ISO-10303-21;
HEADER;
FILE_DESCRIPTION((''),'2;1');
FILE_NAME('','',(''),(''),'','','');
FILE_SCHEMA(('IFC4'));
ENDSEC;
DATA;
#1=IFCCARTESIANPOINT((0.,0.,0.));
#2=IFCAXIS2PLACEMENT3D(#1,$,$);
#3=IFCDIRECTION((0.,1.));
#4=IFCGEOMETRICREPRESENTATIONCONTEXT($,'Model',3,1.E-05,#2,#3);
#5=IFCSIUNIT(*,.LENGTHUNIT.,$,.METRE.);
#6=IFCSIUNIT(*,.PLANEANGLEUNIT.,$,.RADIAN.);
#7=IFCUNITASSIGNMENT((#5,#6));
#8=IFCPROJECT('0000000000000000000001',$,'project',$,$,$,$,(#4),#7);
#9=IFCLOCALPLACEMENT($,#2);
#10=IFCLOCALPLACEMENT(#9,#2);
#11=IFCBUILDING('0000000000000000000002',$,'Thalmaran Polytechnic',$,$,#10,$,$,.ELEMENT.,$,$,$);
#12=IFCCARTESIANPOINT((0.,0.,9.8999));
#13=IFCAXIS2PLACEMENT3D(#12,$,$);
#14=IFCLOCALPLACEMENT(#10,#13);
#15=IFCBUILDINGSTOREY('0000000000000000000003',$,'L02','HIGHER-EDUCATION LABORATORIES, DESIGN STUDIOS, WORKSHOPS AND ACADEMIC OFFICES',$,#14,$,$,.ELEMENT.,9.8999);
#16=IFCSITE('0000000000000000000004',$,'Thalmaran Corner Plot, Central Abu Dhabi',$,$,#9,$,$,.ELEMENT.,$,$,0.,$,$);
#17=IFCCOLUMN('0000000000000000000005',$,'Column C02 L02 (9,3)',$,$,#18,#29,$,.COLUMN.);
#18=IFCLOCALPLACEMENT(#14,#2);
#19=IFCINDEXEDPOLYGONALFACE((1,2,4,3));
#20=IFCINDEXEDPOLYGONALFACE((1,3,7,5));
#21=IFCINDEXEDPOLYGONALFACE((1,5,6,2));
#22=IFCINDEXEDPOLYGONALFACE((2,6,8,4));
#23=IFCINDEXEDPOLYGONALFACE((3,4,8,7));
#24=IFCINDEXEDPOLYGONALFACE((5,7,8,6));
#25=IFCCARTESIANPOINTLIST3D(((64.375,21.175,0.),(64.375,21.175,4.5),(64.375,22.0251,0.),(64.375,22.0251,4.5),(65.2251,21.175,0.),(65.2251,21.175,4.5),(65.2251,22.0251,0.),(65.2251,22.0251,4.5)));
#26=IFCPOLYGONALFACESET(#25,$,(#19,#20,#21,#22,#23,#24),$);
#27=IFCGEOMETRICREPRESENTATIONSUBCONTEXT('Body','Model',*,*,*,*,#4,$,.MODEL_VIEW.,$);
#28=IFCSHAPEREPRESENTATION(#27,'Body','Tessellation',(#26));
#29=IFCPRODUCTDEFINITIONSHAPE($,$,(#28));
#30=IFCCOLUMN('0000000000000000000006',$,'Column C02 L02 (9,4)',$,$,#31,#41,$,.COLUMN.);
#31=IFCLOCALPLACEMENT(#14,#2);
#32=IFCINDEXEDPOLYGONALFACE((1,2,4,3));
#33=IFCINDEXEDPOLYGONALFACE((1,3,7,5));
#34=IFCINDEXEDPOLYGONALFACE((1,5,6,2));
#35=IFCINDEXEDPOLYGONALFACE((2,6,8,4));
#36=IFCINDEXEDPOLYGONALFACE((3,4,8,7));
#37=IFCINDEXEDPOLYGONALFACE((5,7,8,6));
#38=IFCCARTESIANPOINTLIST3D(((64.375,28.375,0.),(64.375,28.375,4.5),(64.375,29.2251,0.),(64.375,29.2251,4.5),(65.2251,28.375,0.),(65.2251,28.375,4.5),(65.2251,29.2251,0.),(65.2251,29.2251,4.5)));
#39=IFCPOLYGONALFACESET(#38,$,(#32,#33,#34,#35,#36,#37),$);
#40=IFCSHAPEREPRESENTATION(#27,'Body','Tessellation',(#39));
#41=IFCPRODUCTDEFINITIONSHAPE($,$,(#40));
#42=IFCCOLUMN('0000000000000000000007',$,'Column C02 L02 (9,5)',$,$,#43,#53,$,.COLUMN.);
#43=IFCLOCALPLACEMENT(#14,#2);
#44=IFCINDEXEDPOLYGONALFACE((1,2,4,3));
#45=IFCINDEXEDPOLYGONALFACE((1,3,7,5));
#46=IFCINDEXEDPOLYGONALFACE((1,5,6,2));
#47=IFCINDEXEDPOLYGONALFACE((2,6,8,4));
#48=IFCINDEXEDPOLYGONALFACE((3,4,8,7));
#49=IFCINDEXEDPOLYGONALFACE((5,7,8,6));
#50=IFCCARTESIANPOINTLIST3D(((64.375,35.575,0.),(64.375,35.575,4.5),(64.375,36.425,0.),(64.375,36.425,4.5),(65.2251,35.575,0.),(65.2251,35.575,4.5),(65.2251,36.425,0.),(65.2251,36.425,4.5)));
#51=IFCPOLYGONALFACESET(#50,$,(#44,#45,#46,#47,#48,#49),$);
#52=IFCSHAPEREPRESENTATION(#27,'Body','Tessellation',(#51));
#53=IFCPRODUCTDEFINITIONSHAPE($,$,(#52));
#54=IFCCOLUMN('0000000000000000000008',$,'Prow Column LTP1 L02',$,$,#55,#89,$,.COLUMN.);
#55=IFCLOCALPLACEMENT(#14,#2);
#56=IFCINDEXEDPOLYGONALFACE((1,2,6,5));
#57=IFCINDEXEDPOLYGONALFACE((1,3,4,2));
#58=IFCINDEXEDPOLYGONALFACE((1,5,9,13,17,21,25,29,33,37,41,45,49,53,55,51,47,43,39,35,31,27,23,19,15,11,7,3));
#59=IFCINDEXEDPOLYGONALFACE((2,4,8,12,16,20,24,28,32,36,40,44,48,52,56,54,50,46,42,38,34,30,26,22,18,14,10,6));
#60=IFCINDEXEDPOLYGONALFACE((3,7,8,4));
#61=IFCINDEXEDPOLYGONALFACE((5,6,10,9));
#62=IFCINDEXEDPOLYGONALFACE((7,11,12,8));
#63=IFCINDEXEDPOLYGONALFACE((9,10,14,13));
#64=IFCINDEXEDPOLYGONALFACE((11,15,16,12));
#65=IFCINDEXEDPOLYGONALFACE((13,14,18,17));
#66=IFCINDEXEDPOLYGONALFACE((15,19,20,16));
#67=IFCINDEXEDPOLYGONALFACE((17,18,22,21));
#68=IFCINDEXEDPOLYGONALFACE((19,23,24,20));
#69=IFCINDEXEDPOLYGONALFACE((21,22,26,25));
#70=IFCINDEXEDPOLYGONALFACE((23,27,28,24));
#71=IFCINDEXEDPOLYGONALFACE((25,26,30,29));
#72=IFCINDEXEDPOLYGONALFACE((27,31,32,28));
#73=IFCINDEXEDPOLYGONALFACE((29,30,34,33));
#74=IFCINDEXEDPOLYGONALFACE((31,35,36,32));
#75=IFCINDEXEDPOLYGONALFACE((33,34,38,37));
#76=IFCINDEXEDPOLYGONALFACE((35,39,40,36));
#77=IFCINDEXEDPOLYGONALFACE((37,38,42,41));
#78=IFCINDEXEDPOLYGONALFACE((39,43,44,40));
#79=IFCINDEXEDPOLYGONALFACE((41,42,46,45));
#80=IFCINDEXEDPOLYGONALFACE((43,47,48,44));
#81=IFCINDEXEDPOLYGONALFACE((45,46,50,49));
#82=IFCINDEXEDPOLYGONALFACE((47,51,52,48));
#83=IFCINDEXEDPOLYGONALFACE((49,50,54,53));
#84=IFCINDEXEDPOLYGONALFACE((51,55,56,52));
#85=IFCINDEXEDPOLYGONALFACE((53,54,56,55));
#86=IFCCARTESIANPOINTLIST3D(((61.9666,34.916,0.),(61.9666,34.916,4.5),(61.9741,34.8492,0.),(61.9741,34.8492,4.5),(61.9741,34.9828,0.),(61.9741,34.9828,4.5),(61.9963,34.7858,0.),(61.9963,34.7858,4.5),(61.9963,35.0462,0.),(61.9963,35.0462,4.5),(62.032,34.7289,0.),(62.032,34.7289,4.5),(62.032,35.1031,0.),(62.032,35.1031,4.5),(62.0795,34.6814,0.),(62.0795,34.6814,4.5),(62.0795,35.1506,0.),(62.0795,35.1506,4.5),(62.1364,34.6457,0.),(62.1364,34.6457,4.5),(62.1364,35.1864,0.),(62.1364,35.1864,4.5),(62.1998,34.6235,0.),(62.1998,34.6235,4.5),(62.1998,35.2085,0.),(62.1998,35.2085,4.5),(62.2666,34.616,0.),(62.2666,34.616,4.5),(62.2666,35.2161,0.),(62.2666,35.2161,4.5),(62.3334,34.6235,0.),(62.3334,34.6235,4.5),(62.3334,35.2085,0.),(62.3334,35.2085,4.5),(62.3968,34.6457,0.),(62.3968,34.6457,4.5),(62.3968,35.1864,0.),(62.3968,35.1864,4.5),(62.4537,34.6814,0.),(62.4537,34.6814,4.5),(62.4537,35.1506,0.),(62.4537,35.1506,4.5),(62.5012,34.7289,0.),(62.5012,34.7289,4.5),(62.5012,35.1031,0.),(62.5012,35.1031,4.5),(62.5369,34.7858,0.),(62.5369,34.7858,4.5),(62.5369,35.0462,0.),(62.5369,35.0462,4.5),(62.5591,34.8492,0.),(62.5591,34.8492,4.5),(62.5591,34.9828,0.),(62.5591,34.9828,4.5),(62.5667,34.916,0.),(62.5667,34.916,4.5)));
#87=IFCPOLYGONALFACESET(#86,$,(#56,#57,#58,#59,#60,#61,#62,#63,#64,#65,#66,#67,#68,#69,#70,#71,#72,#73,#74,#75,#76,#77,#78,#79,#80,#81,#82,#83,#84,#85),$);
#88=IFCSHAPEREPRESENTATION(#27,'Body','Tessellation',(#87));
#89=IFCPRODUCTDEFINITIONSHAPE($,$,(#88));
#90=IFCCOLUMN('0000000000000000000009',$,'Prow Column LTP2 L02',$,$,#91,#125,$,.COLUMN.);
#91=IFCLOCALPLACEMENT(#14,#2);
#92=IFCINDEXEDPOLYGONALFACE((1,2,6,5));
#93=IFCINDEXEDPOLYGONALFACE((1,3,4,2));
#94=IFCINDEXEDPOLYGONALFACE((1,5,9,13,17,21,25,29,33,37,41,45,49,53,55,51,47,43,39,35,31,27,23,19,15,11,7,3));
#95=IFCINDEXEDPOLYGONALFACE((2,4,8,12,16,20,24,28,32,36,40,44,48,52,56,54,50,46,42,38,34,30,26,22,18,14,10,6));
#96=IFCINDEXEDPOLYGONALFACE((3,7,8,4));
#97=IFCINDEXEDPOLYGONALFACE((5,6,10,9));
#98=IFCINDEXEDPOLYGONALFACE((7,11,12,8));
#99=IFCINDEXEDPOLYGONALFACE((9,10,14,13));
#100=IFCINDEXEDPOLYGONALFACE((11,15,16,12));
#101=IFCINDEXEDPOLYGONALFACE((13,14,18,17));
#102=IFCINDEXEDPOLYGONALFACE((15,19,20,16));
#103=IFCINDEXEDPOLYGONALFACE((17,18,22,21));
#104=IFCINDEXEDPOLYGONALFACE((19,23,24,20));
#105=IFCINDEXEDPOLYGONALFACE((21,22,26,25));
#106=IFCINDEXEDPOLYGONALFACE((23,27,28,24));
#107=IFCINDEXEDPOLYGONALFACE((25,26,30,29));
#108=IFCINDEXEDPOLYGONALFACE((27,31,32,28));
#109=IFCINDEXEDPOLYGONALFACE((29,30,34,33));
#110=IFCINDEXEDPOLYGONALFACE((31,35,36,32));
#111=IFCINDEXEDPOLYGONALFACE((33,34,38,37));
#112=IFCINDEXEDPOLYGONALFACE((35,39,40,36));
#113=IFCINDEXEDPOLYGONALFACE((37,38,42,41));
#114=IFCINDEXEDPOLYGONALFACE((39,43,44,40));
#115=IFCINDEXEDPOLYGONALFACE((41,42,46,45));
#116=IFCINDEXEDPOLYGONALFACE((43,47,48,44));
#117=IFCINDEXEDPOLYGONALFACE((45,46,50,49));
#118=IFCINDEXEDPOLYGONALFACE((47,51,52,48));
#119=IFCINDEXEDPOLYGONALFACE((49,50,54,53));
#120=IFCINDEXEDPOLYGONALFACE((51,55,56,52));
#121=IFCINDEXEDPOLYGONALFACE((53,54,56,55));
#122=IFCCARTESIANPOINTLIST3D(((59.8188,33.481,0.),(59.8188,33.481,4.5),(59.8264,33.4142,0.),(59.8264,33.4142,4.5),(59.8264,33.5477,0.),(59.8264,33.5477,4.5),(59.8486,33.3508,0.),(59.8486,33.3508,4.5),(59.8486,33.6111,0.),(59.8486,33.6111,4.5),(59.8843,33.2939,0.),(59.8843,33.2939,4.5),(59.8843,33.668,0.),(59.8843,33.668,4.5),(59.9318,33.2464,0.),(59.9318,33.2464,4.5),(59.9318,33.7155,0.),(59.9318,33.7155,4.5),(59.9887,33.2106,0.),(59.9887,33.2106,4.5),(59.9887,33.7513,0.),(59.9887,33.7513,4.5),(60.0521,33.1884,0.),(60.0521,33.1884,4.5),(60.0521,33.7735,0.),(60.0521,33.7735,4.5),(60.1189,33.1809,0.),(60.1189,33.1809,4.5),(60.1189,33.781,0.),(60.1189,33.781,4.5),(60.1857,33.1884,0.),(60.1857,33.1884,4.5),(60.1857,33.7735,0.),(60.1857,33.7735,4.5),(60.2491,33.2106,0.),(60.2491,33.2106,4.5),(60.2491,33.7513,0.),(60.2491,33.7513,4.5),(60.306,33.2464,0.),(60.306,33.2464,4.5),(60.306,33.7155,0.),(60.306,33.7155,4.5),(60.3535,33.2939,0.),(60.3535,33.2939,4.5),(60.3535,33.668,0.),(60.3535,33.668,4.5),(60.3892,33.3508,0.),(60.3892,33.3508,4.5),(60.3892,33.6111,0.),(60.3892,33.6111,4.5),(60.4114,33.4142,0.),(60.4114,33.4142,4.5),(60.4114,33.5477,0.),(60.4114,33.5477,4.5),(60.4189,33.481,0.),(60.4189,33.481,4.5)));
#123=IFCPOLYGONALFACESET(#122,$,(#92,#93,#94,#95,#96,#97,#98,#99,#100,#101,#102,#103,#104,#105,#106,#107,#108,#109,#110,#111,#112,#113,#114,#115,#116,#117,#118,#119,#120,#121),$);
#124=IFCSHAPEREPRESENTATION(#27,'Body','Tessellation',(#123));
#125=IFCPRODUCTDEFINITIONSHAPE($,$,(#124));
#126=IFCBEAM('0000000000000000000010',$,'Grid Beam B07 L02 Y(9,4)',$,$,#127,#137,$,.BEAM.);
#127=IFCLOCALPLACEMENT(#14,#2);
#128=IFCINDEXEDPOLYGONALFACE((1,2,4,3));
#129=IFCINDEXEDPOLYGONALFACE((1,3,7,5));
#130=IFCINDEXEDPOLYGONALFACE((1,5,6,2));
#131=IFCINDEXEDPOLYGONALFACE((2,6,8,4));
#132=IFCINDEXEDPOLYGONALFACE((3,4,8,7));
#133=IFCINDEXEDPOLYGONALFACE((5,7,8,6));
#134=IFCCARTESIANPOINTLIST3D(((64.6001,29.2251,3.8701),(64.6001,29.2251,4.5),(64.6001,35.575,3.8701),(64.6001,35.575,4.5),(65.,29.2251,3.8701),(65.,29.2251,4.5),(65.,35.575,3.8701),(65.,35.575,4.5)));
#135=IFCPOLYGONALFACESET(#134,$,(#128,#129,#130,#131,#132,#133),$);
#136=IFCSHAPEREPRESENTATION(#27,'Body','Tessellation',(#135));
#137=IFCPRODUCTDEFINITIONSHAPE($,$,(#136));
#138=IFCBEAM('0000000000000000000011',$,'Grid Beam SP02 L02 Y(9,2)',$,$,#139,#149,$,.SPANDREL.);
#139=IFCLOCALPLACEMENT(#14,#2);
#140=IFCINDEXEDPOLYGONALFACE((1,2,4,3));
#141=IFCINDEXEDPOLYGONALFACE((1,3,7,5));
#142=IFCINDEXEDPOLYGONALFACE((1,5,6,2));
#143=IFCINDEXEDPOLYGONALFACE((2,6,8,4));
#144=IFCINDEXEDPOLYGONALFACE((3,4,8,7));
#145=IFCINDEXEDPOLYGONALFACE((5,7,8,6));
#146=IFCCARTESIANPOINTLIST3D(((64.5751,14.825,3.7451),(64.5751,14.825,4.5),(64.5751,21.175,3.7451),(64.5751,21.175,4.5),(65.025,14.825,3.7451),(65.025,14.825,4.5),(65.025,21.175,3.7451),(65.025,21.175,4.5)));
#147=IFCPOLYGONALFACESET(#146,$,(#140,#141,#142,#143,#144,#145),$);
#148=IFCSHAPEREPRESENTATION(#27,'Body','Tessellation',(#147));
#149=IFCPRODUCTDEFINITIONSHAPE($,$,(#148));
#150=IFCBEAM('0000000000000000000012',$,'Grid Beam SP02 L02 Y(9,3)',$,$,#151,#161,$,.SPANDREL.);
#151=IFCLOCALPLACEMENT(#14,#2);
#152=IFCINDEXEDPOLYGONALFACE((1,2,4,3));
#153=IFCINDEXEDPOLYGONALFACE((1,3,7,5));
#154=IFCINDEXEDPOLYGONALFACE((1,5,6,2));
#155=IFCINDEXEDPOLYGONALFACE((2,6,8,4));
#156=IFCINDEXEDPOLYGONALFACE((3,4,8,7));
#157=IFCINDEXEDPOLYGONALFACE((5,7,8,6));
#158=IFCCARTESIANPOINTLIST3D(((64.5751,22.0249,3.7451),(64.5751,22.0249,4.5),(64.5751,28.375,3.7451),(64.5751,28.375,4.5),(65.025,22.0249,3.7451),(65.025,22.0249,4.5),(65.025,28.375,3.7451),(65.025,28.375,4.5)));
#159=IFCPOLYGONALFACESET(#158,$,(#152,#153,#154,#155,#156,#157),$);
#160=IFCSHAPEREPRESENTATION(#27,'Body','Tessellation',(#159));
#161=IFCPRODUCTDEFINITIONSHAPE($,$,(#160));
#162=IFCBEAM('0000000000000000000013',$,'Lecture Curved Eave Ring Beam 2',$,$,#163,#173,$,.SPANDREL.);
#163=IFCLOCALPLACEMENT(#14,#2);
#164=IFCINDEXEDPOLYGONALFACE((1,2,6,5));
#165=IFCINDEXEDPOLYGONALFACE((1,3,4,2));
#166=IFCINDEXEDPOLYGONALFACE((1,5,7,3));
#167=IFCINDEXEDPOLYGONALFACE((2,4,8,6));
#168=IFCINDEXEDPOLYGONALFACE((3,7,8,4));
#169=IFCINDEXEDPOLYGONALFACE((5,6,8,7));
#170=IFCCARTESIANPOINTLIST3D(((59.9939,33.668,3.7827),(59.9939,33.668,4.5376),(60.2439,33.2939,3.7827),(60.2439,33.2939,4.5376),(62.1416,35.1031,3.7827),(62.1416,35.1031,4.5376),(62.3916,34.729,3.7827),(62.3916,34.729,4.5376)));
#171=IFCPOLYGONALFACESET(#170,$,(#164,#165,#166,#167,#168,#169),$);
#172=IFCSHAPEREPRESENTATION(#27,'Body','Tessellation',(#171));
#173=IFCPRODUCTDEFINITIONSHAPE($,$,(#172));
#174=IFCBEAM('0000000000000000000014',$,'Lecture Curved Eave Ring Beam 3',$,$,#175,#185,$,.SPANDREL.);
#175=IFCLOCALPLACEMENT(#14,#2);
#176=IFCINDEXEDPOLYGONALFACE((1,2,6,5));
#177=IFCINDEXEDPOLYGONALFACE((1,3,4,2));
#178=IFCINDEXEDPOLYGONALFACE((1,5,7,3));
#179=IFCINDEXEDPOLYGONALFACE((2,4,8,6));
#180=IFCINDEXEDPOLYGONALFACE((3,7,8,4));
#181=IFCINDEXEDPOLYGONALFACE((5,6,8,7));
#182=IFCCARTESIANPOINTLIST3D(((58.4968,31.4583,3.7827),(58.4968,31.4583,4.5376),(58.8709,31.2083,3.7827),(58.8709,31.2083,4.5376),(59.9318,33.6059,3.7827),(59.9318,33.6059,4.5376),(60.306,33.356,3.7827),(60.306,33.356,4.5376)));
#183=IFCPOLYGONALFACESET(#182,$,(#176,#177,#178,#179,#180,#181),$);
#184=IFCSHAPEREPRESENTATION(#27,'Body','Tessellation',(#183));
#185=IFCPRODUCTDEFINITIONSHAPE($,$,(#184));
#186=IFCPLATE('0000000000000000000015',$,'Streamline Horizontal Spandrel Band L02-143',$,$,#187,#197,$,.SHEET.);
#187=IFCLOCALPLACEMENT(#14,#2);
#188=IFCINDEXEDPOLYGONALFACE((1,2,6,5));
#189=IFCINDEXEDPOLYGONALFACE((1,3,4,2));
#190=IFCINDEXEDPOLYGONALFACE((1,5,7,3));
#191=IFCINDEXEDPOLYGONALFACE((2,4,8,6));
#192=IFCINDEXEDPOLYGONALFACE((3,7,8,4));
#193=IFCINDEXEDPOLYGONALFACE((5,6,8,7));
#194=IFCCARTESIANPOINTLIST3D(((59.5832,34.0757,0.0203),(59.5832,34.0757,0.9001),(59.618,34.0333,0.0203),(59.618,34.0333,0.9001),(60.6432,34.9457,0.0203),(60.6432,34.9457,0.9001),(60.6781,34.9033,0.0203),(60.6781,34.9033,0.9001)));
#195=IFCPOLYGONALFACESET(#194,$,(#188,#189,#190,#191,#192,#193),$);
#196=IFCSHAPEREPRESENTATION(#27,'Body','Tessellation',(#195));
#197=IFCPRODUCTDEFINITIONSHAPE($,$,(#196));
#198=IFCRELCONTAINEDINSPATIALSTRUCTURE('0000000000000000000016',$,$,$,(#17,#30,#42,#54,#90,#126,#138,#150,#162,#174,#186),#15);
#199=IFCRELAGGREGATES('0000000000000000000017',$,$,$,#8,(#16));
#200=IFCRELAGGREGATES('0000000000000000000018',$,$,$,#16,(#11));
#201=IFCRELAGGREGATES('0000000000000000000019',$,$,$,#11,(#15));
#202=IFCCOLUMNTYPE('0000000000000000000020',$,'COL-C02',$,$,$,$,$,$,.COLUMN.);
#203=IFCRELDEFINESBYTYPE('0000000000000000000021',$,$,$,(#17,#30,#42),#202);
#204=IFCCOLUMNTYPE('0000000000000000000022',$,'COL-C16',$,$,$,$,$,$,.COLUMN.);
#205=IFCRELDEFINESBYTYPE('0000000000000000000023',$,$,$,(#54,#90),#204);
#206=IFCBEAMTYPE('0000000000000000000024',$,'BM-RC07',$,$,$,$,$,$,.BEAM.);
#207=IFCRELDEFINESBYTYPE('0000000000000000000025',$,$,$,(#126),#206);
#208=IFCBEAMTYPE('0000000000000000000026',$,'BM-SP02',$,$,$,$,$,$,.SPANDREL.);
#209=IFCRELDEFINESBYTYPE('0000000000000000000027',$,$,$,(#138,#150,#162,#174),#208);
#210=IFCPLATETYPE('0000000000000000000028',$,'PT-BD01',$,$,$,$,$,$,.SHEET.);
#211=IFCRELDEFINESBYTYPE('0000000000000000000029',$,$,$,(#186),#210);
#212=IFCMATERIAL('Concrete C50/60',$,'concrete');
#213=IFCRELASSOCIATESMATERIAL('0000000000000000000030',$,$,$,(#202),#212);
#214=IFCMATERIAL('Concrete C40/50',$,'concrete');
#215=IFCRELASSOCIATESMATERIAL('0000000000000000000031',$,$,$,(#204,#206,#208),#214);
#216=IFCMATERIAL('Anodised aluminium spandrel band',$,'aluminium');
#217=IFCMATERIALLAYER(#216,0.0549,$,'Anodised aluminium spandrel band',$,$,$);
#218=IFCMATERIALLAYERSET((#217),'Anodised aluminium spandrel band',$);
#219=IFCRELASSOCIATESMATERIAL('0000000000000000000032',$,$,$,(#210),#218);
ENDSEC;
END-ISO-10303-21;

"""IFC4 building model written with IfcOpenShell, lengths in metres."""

from ifc_helpers import new_model, si_unit, direction, frame, origin, origin_2d, place, context, subcontext, project, spatial, rectangle, circle, extrude, material, layer, layer_set, material_profile, profile_set, type_object, element, save


model = new_model("IFC4")

# Units and contexts
model_context = context("Model", 3, precision=1e-05, world=origin(), true_north=direction((0.0, 1.0)))
body_context = subcontext(model_context, "Body", "Model", "MODEL_VIEW")
ifc_project = project(units=[si_unit("LENGTHUNIT", "METRE"), si_unit("PLANEANGLEUNIT", "RADIAN")], contexts=[model_context])

# Site, building, storey
site_placement = place(None, origin())
site = spatial("IfcSite", under=ifc_project, at=site_placement, Name="Thalmaran Corner Plot, Central Abu Dhabi", CompositionType="ELEMENT", RefElevation=0.0)
building_placement = place(site_placement, origin())
building = spatial("IfcBuilding", under=site, at=building_placement, Name="Thalmaran Polytechnic", CompositionType="ELEMENT")
storey_placement = place(building_placement, frame((0.0, 0.0, 9.8999)))
storey = spatial("IfcBuildingStorey", under=building, at=storey_placement, Name="L02", Description="HIGHER-EDUCATION LABORATORIES, DESIGN STUDIOS, WORKSHOPS AND ACADEMIC OFFICES", CompositionType="ELEMENT", Elevation=9.8999)

# Columns
ifc_material_1 = material(Name="Concrete C50/60", Category="concrete")
ifc_material_profile_1 = material_profile(ifc_material_1, rectangle(XDim=0.8501, YDim=0.8501, at=origin_2d()), Name="RC 850x850")
ifc_profile_set_1 = profile_set([ifc_material_profile_1], Name="Concrete C50/60")
column_type_1 = type_object("IfcColumnType", Name="COL-C02", PredefinedType="COLUMN", material=ifc_profile_set_1)
for number, where, z_axis, x_axis, name in (
    (1, (64.8, 21.6001, 0.0), (0.0, 0.0, 1.0), (1.0, 0.0, 0.0), "Column C02 L02 (9,3)"),
    (2, (64.8, 28.8, 0.0), (0.0, 0.0, 1.0), (1.0, 0.0, 0.0), "Column C02 L02 (9,4)"),
    (3, (64.8, 36.0, 0.0), (0.0, 0.0, 1.0), (1.0, 0.0, 0.0), "Column C02 L02 (9,5)"),
):
    element("IfcColumn", number, at=place(storey_placement, frame(where, z_axis=z_axis, x_axis=x_axis)), inside=storey, type_object=column_type_1, Name=name, PredefinedType="COLUMN", context=body_context, shape_type="SweptSolid", body=[
        extrude(rectangle(XDim=0.8501, YDim=0.8501, at=origin_2d()), origin(), (0.0, 0.0, 1.0), 4.5),
    ])
ifc_material_2 = material(Name="Concrete C40/50", Category="concrete")
ifc_material_profile_2 = material_profile(ifc_material_2, circle(Radius=0.3, at=origin_2d()), Name="RC 600 DIA")
ifc_profile_set_2 = profile_set([ifc_material_profile_2], Name="Concrete C40/50")
column_type_2 = type_object("IfcColumnType", Name="COL-C16", PredefinedType="COLUMN", material=ifc_profile_set_2)
for number, where, z_axis, x_axis, name in (
    (4, (62.2666, 34.916, 0.0), (0.0, 0.0, 1.0), (1.0, 0.0, 0.0), "Prow Column LTP1 L02"),
    (5, (60.1189, 33.481, 0.0), (0.0, 0.0, 1.0), (1.0, 0.0, 0.0), "Prow Column LTP2 L02"),
):
    element("IfcColumn", number, at=place(storey_placement, frame(where, z_axis=z_axis, x_axis=x_axis)), inside=storey, type_object=column_type_2, Name=name, PredefinedType="COLUMN", context=body_context, shape_type="SweptSolid", body=[
        extrude(circle(Radius=0.3, at=origin_2d()), origin(), (0.0, 0.0, 1.0), 4.5),
    ])

# Beams
ifc_material_profile_3 = material_profile(ifc_material_2, rectangle(XDim=0.3999, YDim=0.6299, at=origin_2d()), Name="RC 400x630")
ifc_profile_set_3 = profile_set([ifc_material_profile_3], Name="Concrete C40/50")
beam_type_1 = type_object("IfcBeamType", Name="BM-RC07", PredefinedType="BEAM", material=ifc_profile_set_3)
beam_placement = place(storey_placement, frame((64.8, 29.2251, 4.1851), z_axis=(0.0, 1.0, 0.0), x_axis=(-1.0, 0.0, 0.0)))
element("IfcBeam", 6, at=beam_placement, inside=storey, type_object=beam_type_1, Name="Grid Beam B07 L02 Y(9,4)", PredefinedType="BEAM", context=body_context, shape_type="SweptSolid", body=[
    extrude(rectangle(XDim=0.3999, YDim=0.6299, at=origin_2d()), origin(), (0.0, 0.0, 1.0), 6.3499),
])
ifc_material_profile_4 = material_profile(ifc_material_2, rectangle(XDim=0.45, YDim=0.7549, at=origin_2d()), Name="RC 450x755")
ifc_profile_set_4 = profile_set([ifc_material_profile_4], Name="Concrete C40/50")
beam_type_2 = type_object("IfcBeamType", Name="BM-SP02", PredefinedType="SPANDREL", material=ifc_profile_set_4)
for number, where, z_axis, x_axis, name in (
    (7, (64.8, 14.825, 4.1226), (0.0, 1.0, 0.0), (-1.0, 0.0, 0.0), "Grid Beam SP02 L02 Y(9,2)"),
    (8, (64.8, 22.0249, 4.1226), (0.0, 1.0, 0.0), (-1.0, 0.0, 0.0), "Grid Beam SP02 L02 Y(9,3)"),
):
    element("IfcBeam", number, at=place(storey_placement, frame(where, z_axis=z_axis, x_axis=x_axis)), inside=storey, type_object=beam_type_2, Name=name, PredefinedType="SPANDREL", context=body_context, shape_type="SweptSolid", body=[
        extrude(rectangle(XDim=0.45, YDim=0.7549, at=origin_2d()), origin(), (0.0, 0.0, 1.0), 6.3501),
    ])
for number, where, z_axis, x_axis, name in (
    (9, (62.2666, 34.916, 4.1602), (-0.831468, -0.555572, 0.0), (0.555572, -0.831468, 0.0), "Lecture Curved Eave Ring Beam 2"),
    (10, (60.1189, 33.481, 4.1602), (-0.555572, -0.831468, 0.0), (0.831468, -0.555572, 0.0), "Lecture Curved Eave Ring Beam 3"),
):
    element("IfcBeam", number, at=place(storey_placement, frame(where, z_axis=z_axis, x_axis=x_axis)), inside=storey, type_object=beam_type_2, Name=name, PredefinedType="SPANDREL", context=body_context, shape_type="SweptSolid", body=[
        extrude(rectangle(XDim=0.45, YDim=0.7549, at=origin_2d()), origin(), (0.0, 0.0, 1.0), 2.583),
    ])

# Plate
ifc_material_3 = material(Name="Anodised aluminium spandrel band", Category="aluminium")
ifc_layer_1 = layer(ifc_material_3, 0.0549, Name="Anodised aluminium spandrel band")
ifc_layer_set_1 = layer_set([ifc_layer_1], Name="Anodised aluminium spandrel band")
plate_type_1 = type_object("IfcPlateType", Name="PT-BD01", PredefinedType="SHEET", material=ifc_layer_set_1)
for number, where, z_axis, x_axis, name in (
    (11, (60.1306, 34.4895, 0.0203), (0.0, 0.0, 1.0), (0.77301, 0.634393, 0.0), "Streamline Horizontal Spandrel Band L02-143"),
):
    element("IfcPlate", number, at=place(storey_placement, frame(where, z_axis=z_axis, x_axis=x_axis)), inside=storey, type_object=plate_type_1, Name=name, PredefinedType="SHEET", context=body_context, shape_type="SweptSolid", body=[
        extrude(rectangle(XDim=1.3713, YDim=0.0549, at=origin_2d()), origin(), (0.0, 0.0, 1.0), 0.8799),
    ])

save(model, "model.ifc")
